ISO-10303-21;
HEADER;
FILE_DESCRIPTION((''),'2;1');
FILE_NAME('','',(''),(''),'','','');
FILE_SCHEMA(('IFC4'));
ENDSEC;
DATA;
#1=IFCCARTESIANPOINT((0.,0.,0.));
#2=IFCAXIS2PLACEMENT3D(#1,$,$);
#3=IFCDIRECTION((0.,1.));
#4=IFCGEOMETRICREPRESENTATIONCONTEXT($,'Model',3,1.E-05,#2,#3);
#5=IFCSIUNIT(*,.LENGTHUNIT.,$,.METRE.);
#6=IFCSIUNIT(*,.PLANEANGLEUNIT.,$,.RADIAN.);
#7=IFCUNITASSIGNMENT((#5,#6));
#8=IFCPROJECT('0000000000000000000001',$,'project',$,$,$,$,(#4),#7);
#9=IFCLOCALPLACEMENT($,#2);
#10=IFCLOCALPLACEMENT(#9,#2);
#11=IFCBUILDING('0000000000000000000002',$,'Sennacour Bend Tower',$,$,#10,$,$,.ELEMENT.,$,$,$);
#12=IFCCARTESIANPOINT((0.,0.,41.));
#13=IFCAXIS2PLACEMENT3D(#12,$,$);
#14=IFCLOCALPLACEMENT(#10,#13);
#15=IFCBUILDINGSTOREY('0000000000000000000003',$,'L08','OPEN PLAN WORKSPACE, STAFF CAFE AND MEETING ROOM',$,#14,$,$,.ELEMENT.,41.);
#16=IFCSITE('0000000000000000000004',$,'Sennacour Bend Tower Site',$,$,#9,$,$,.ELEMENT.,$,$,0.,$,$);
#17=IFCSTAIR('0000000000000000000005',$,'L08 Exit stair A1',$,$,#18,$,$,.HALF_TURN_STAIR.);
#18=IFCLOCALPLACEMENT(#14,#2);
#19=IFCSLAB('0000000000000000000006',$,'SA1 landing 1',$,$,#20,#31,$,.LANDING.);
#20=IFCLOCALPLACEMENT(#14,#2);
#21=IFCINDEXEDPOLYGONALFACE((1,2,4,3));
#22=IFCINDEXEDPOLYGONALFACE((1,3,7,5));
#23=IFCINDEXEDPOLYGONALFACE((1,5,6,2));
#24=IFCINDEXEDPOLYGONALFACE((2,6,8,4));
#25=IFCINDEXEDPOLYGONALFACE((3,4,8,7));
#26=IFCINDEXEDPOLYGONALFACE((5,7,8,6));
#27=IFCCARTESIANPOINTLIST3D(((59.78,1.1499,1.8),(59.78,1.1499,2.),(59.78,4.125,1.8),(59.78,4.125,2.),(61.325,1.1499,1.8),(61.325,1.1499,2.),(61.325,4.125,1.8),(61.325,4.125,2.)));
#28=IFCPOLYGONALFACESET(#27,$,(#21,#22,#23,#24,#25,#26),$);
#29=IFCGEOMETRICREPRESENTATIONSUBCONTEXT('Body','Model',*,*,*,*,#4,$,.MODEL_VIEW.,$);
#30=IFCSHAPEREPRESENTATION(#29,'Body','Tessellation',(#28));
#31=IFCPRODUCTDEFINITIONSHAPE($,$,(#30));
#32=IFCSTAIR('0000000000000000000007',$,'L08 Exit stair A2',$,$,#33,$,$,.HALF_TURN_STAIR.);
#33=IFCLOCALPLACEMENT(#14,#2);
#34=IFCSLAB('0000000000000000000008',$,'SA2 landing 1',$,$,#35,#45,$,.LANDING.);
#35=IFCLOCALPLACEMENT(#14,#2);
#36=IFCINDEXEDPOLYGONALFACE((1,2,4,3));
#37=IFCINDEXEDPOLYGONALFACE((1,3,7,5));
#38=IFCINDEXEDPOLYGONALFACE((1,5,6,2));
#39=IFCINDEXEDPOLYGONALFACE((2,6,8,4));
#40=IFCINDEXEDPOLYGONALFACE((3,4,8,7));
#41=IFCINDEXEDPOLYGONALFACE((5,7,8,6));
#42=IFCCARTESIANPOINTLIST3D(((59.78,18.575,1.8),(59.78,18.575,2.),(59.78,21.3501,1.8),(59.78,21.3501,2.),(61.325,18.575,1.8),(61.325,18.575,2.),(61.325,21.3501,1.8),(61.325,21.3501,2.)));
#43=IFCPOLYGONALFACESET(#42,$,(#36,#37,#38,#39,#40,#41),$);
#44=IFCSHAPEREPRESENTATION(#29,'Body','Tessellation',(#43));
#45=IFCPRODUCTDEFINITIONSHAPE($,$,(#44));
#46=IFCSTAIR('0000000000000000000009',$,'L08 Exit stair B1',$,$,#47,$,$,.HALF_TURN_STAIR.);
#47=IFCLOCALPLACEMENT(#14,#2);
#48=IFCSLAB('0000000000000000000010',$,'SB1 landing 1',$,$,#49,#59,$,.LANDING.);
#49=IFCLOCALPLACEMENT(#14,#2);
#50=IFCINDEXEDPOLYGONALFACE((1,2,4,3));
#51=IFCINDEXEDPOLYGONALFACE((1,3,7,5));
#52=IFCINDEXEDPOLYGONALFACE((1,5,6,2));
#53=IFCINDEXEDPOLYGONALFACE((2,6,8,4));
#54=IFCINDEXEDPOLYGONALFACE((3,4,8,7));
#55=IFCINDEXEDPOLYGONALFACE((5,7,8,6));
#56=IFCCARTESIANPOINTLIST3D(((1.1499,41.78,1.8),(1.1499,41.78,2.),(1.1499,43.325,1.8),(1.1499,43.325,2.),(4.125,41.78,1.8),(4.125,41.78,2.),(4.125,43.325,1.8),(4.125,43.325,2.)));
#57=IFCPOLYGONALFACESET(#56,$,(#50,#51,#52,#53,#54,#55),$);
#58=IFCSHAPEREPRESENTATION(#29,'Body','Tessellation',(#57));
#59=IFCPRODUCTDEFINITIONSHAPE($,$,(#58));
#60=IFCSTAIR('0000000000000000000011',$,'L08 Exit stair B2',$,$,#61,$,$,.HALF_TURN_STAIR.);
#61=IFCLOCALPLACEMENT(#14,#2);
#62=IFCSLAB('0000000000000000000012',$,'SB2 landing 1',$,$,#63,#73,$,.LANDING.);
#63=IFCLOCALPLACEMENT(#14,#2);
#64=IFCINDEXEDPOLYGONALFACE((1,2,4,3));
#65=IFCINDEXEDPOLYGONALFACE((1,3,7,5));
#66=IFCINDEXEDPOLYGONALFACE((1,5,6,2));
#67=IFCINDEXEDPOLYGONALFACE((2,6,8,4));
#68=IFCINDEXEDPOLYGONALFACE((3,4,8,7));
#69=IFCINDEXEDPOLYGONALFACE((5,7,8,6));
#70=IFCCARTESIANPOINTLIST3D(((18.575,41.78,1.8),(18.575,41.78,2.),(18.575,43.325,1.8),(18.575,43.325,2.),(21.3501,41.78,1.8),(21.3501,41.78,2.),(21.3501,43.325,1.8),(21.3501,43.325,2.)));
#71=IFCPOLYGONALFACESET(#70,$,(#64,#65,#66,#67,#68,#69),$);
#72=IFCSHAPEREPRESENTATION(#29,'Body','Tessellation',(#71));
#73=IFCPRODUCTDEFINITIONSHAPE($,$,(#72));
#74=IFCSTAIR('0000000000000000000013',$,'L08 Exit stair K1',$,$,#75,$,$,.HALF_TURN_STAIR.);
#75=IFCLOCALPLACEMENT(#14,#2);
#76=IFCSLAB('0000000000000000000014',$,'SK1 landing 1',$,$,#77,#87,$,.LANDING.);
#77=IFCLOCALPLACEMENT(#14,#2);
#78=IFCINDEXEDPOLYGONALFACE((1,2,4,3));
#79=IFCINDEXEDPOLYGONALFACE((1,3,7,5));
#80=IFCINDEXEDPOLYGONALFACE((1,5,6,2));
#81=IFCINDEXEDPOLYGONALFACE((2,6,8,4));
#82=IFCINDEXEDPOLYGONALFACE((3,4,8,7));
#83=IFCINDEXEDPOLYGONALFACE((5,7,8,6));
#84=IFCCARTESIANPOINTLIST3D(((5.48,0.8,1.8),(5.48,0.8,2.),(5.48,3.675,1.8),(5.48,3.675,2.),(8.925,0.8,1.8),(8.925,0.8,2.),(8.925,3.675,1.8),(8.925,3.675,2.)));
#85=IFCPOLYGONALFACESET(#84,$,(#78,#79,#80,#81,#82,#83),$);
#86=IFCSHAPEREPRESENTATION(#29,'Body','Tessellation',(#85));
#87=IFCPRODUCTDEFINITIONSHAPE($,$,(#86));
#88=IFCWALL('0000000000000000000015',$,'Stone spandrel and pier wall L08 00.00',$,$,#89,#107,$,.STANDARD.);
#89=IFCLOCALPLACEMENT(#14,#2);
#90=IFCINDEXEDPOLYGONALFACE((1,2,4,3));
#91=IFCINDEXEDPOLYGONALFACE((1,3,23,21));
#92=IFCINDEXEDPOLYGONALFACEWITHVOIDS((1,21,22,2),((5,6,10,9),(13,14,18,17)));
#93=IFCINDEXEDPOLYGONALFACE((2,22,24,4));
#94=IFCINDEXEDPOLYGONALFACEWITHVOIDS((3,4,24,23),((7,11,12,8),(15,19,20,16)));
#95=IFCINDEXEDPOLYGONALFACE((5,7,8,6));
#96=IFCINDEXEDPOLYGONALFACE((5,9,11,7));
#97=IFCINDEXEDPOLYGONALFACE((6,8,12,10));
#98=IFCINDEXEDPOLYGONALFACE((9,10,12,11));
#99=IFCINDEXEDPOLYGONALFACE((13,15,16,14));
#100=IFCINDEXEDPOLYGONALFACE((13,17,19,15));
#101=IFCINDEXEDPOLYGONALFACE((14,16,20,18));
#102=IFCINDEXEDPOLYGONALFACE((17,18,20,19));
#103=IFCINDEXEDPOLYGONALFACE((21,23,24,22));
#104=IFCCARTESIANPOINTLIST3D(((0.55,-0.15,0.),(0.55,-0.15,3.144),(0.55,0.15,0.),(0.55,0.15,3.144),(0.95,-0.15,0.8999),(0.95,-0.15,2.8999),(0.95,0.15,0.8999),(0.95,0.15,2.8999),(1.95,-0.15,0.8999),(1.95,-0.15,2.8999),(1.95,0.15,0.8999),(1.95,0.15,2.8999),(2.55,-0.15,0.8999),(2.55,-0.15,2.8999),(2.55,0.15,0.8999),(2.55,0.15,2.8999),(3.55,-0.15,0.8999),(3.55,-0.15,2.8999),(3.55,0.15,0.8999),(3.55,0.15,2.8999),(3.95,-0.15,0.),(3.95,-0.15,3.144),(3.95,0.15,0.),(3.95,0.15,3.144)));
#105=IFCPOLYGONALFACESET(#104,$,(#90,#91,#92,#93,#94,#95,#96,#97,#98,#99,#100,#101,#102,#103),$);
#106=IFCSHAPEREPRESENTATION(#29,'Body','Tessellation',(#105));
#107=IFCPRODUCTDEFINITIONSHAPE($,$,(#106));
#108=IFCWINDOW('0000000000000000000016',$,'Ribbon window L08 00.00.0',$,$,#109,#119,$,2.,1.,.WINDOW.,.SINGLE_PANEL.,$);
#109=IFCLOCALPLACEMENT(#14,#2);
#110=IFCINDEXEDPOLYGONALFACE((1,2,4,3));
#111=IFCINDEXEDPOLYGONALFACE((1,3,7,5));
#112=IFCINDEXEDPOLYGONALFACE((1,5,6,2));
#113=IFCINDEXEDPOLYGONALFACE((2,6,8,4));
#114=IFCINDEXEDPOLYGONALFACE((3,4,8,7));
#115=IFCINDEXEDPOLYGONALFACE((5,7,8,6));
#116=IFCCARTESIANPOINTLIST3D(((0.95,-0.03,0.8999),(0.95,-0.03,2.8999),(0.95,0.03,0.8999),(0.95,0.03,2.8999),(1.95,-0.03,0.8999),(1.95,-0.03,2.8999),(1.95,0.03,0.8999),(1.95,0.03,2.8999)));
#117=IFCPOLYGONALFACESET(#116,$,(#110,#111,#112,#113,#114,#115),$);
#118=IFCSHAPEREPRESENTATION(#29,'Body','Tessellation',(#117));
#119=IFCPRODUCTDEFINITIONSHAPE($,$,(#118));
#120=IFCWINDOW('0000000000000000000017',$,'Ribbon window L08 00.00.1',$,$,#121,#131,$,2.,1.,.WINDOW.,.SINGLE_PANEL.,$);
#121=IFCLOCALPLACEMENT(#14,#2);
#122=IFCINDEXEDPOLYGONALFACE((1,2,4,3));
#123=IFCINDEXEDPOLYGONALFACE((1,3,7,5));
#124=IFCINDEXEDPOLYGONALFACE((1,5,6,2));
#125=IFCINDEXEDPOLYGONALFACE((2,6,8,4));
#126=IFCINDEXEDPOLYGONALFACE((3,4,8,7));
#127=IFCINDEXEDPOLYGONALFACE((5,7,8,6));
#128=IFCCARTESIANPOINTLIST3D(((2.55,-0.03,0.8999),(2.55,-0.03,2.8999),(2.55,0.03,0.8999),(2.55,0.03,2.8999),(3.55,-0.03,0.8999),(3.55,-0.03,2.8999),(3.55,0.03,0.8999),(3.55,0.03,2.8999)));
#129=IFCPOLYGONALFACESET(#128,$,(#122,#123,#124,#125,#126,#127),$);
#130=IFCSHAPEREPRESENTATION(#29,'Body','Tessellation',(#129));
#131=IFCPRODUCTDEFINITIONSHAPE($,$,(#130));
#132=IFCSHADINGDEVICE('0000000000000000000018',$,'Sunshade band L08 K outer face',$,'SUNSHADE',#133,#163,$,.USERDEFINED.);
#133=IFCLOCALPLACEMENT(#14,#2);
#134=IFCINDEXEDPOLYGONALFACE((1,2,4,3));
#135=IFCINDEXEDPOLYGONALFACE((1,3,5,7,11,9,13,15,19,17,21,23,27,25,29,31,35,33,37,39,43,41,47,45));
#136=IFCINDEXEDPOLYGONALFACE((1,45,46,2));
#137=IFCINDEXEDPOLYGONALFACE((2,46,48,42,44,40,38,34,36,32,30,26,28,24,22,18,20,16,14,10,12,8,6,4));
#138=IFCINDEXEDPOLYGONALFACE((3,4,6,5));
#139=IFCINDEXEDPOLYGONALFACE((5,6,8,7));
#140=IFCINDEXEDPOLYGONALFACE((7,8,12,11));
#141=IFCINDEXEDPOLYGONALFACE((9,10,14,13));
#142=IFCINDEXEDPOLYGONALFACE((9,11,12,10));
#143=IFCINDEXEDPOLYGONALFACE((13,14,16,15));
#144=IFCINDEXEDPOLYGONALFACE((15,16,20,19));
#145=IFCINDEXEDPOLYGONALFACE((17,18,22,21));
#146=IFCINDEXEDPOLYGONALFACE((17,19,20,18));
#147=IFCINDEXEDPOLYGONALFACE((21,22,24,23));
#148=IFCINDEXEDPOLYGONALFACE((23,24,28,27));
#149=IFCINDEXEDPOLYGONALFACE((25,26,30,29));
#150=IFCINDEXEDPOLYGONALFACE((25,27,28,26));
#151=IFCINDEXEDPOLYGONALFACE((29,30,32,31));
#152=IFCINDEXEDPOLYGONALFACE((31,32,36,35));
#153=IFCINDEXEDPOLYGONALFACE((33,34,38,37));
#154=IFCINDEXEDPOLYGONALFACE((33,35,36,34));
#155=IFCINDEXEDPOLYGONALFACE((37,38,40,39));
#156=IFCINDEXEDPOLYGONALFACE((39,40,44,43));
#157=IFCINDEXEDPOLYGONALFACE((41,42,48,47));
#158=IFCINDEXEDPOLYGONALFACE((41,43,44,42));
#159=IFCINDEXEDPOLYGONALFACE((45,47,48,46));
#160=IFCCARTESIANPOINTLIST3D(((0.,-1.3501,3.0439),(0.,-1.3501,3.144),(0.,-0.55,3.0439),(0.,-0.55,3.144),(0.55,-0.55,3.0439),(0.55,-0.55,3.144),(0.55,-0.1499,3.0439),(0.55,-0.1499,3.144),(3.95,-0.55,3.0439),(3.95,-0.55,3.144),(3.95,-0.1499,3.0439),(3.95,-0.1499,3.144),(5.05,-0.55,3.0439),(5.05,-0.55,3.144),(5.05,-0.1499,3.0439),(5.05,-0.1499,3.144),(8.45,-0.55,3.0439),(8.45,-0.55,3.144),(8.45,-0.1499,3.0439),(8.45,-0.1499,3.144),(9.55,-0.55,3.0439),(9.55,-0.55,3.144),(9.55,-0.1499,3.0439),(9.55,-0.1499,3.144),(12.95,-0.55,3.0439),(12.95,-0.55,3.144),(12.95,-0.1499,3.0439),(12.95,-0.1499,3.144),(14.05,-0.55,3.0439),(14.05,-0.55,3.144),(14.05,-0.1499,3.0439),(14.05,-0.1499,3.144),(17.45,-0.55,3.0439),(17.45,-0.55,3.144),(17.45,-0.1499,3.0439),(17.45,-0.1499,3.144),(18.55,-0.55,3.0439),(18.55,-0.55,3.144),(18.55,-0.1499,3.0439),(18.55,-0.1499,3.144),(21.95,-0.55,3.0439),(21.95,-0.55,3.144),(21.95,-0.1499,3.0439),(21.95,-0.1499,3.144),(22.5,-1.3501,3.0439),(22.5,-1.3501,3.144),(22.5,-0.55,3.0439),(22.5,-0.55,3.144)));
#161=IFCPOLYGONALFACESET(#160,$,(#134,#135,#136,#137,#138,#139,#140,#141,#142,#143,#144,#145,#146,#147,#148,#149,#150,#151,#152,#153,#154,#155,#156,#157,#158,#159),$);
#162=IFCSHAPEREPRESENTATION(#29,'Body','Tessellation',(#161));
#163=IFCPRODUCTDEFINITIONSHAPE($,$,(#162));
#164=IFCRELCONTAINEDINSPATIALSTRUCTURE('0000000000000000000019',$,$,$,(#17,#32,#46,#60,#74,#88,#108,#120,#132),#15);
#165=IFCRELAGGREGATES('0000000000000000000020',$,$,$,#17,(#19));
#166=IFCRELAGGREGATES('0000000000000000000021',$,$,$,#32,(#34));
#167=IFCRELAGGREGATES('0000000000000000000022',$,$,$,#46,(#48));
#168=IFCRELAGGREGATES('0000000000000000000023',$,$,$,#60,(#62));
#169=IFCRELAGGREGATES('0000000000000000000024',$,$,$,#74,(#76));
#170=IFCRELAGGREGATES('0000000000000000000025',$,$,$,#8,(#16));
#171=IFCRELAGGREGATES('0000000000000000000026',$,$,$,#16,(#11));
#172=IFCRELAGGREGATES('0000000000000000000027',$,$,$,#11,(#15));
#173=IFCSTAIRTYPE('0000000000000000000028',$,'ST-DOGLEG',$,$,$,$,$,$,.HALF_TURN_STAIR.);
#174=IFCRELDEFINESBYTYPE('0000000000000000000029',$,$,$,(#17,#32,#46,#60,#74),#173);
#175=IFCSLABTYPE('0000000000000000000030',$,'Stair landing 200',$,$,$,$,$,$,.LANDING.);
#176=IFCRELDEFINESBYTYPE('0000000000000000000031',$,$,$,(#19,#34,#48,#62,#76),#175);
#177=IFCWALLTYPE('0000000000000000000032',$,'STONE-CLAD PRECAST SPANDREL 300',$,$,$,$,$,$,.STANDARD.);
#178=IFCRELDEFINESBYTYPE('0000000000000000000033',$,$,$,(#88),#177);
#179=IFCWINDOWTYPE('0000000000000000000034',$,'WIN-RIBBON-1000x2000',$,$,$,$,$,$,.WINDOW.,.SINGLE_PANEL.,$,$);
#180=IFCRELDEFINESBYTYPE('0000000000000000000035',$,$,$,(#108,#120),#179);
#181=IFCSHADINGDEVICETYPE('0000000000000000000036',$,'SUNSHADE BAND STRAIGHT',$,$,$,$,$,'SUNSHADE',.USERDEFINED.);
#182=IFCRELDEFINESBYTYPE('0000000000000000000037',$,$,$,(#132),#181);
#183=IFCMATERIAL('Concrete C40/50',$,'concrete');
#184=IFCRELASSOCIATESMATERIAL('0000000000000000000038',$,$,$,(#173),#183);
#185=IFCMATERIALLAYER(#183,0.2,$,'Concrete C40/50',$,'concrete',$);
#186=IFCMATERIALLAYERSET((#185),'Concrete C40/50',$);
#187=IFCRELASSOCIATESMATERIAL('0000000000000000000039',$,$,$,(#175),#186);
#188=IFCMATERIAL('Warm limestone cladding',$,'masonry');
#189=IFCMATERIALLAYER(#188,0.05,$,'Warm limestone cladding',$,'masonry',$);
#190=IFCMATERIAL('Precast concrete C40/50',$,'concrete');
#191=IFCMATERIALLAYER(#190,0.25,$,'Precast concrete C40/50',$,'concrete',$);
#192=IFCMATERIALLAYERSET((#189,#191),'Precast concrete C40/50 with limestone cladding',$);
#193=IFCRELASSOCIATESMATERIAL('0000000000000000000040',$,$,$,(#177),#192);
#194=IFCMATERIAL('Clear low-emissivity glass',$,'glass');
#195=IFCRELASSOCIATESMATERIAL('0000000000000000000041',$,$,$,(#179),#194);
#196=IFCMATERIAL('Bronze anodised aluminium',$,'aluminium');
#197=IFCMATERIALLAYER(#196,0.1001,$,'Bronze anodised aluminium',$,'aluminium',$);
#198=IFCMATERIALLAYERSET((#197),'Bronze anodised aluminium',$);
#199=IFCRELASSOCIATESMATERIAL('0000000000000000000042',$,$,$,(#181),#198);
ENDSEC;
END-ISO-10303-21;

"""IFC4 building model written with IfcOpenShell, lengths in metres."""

from ifc_helpers import new_model, si_unit, direction, frame, frame_2d, origin, place, context, subcontext, project, spatial, polyline, rectangle, outline, extrude, material, layer, layer_set, type_object, element, fill, aggregate, save


model = new_model("IFC4")

# Units and contexts
model_context = context("Model", 3, precision=1e-05, world=origin(), true_north=direction((0.0, 1.0)))
body_context = subcontext(model_context, "Body", "Model", "MODEL_VIEW")
ifc_project = project(units=[si_unit("LENGTHUNIT", "METRE"), si_unit("PLANEANGLEUNIT", "RADIAN")], contexts=[model_context])

# Site, building, storey
site_placement = place(None, origin())
site = spatial("IfcSite", under=ifc_project, at=site_placement, Name="Sennacour Bend Tower Site", CompositionType="ELEMENT", RefElevation=0.0)
building_placement = place(site_placement, origin())
building = spatial("IfcBuilding", under=site, at=building_placement, Name="Sennacour Bend Tower", CompositionType="ELEMENT")
storey_placement = place(building_placement, frame((0.0, 0.0, 41.0)))
storey = spatial("IfcBuildingStorey", under=building, at=storey_placement, Name="L08", Description="OPEN PLAN WORKSPACE, STAFF CAFE AND MEETING ROOM", CompositionType="ELEMENT", Elevation=41.0)

# Shared definitions
ifc_material_1 = material(Name="Concrete C40/50", Category="concrete")

# Stairs, slabs
stair_type = type_object("IfcStairType", Name="ST-DOGLEG", PredefinedType="HALF_TURN_STAIR", material=ifc_material_1)
stair_1_placement = place(storey_placement, origin())
stair_1 = element("IfcStair", 1, at=stair_1_placement, inside=storey, type_object=stair_type, Name="L08 Exit stair A1", PredefinedType="HALF_TURN_STAIR")
ifc_layer_1 = layer(ifc_material_1, 0.2, Name="Concrete C40/50", Category="concrete")
ifc_layer_set_1 = layer_set([ifc_layer_1], Name="Concrete C40/50")
slab_type_1 = type_object("IfcSlabType", Name="Stair landing 200", PredefinedType="LANDING", material=ifc_layer_set_1)
slab_1_placement = place(storey_placement, frame((0.0, 0.0, 1.8)))
slab_1 = element("IfcSlab", 2, at=slab_1_placement, type_object=slab_type_1, Name="SA1 landing 1", PredefinedType="LANDING", context=body_context, shape_type="SweptSolid", body=[
    extrude(outline(polyline([(59.78, 1.1499), (61.325, 1.1499), (61.325, 4.125), (59.78, 4.125), (59.78, 1.1499)])), origin(), (0.0, 0.0, 1.0), 0.2),
])
aggregate(stair_1, [slab_1])
stair_2_placement = place(storey_placement, origin())
stair_2 = element("IfcStair", 3, at=stair_2_placement, inside=storey, type_object=stair_type, Name="L08 Exit stair A2", PredefinedType="HALF_TURN_STAIR")
slab_2_placement = place(storey_placement, frame((0.0, 0.0, 1.8)))
slab_2 = element("IfcSlab", 4, at=slab_2_placement, type_object=slab_type_1, Name="SA2 landing 1", PredefinedType="LANDING", context=body_context, shape_type="SweptSolid", body=[
    extrude(outline(polyline([(59.78, 18.575), (61.325, 18.575), (61.325, 21.3501), (59.78, 21.3501), (59.78, 18.575)])), origin(), (0.0, 0.0, 1.0), 0.2),
])
aggregate(stair_2, [slab_2])
stair_3_placement = place(storey_placement, origin())
stair_3 = element("IfcStair", 5, at=stair_3_placement, inside=storey, type_object=stair_type, Name="L08 Exit stair B1", PredefinedType="HALF_TURN_STAIR")
slab_3_placement = place(storey_placement, frame((0.0, 0.0, 1.8)))
slab_3 = element("IfcSlab", 6, at=slab_3_placement, type_object=slab_type_1, Name="SB1 landing 1", PredefinedType="LANDING", context=body_context, shape_type="SweptSolid", body=[
    extrude(outline(polyline([(1.1499, 41.78), (4.125, 41.78), (4.125, 43.325), (1.1499, 43.325), (1.1499, 41.78)])), origin(), (0.0, 0.0, 1.0), 0.2),
])
aggregate(stair_3, [slab_3])
stair_4_placement = place(storey_placement, origin())
stair_4 = element("IfcStair", 7, at=stair_4_placement, inside=storey, type_object=stair_type, Name="L08 Exit stair B2", PredefinedType="HALF_TURN_STAIR")
slab_4_placement = place(storey_placement, frame((0.0, 0.0, 1.8)))
slab_4 = element("IfcSlab", 8, at=slab_4_placement, type_object=slab_type_1, Name="SB2 landing 1", PredefinedType="LANDING", context=body_context, shape_type="SweptSolid", body=[
    extrude(outline(polyline([(18.575, 41.78), (21.3501, 41.78), (21.3501, 43.325), (18.575, 43.325), (18.575, 41.78)])), origin(), (0.0, 0.0, 1.0), 0.2),
])
aggregate(stair_4, [slab_4])
stair_5_placement = place(storey_placement, origin())
stair_5 = element("IfcStair", 9, at=stair_5_placement, inside=storey, type_object=stair_type, Name="L08 Exit stair K1", PredefinedType="HALF_TURN_STAIR")
slab_5_placement = place(storey_placement, frame((0.0, 0.0, 1.8)))
slab_5 = element("IfcSlab", 10, at=slab_5_placement, type_object=slab_type_1, Name="SK1 landing 1", PredefinedType="LANDING", context=body_context, shape_type="SweptSolid", body=[
    extrude(outline(polyline([(5.48, 0.8), (8.925, 0.8), (8.925, 3.675), (5.48, 3.675), (5.48, 0.8)])), origin(), (0.0, 0.0, 1.0), 0.2),
])
aggregate(stair_5, [slab_5])

# Wall, openings, windows
ifc_material_2 = material(Name="Warm limestone cladding", Category="masonry")
ifc_layer_2 = layer(ifc_material_2, 0.05, Name="Warm limestone cladding", Category="masonry")
ifc_material_3 = material(Name="Precast concrete C40/50", Category="concrete")
ifc_layer_3 = layer(ifc_material_3, 0.25, Name="Precast concrete C40/50", Category="concrete")
ifc_layer_set_2 = layer_set([ifc_layer_2, ifc_layer_3], Name="Precast concrete C40/50 with limestone cladding")
wall_type = type_object("IfcWallType", Name="STONE-CLAD PRECAST SPANDREL 300", PredefinedType="STANDARD", material=ifc_layer_set_2)
wall_placement = place(storey_placement, frame((0.55, 0.0, 0.0), z_axis=(0.0, 0.0, 1.0), x_axis=(1.0, 0.0, 0.0)))
wall = element("IfcWall", 11, at=wall_placement, inside=storey, type_object=wall_type, Name="Stone spandrel and pier wall L08 00.00", PredefinedType="STANDARD", context=body_context, shape_type="SweptSolid", body=[
    extrude(rectangle(XDim=3.3999, YDim=0.3, at=frame_2d((1.7, 0.0))), origin(), (0.0, 0.0, 1.0), 3.144),
])
opening_1_placement = place(wall_placement, frame((0.3999, 0.0, 0.8999)))
opening_1 = element("IfcOpeningElement", 12, at=opening_1_placement, cuts=wall, PredefinedType="OPENING", context=body_context, shape_type="SweptSolid", body=[
    extrude(rectangle(XDim=1.0, YDim=2.0, at=frame_2d((0.5, 1.0))), frame((0.0, 0.1602, 0.0), z_axis=(0.0, -1.0, 0.0), x_axis=(1.0, 0.0, 0.0)), (0.0, 0.0, 1.0), 0.3201),
])
opening_2_placement = place(wall_placement, frame((2.0, 0.0, 0.8999)))
opening_2 = element("IfcOpeningElement", 13, at=opening_2_placement, cuts=wall, PredefinedType="OPENING", context=body_context, shape_type="SweptSolid", body=[
    extrude(rectangle(XDim=1.0, YDim=2.0, at=frame_2d((0.5, 1.0))), frame((0.0, 0.1602, 0.0), z_axis=(0.0, -1.0, 0.0), x_axis=(1.0, 0.0, 0.0)), (0.0, 0.0, 1.0), 0.3201),
])
ifc_material_4 = material(Name="Clear low-emissivity glass", Category="glass")
window_type = type_object("IfcWindowType", Name="WIN-RIBBON-1000x2000", PartitioningType="SINGLE_PANEL", PredefinedType="WINDOW", material=ifc_material_4)
window_1_placement = place(opening_1_placement, origin())
window_1 = element("IfcWindow", 14, at=window_1_placement, inside=storey, type_object=window_type, Name="Ribbon window L08 00.00.0", OverallHeight=2.0, OverallWidth=1.0, PartitioningType="SINGLE_PANEL", PredefinedType="WINDOW", context=body_context, shape_type="SweptSolid", body=[
    extrude(rectangle(XDim=1.0, YDim=2.0, at=frame_2d((0.5, 1.0))), frame((0.0, 0.03, 0.0), z_axis=(0.0, -1.0, 0.0), x_axis=(1.0, 0.0, 0.0)), (0.0, 0.0, 1.0), 0.0601),
])
fill(opening_1, window_1)
window_2_placement = place(opening_2_placement, origin())
window_2 = element("IfcWindow", 15, at=window_2_placement, inside=storey, type_object=window_type, Name="Ribbon window L08 00.00.1", OverallHeight=2.0, OverallWidth=1.0, PartitioningType="SINGLE_PANEL", PredefinedType="WINDOW", context=body_context, shape_type="SweptSolid", body=[
    extrude(rectangle(XDim=1.0, YDim=2.0, at=frame_2d((0.5, 1.0))), frame((0.0, 0.03, 0.0), z_axis=(0.0, -1.0, 0.0), x_axis=(1.0, 0.0, 0.0)), (0.0, 0.0, 1.0), 0.0601),
])
fill(opening_2, window_2)

# Shading device
ifc_material_5 = material(Name="Bronze anodised aluminium", Category="aluminium")
ifc_layer_4 = layer(ifc_material_5, 0.1001, Name="Bronze anodised aluminium", Category="aluminium")
ifc_layer_set_3 = layer_set([ifc_layer_4], Name="Bronze anodised aluminium")
shading_device_type_1 = type_object("IfcShadingDeviceType", Name="SUNSHADE BAND STRAIGHT", ElementType="SUNSHADE", PredefinedType="USERDEFINED", material=ifc_layer_set_3)
shading_device_1_placement = place(storey_placement, frame((0.0, 0.0, 3.0439)))
element("IfcShadingDevice", 16, at=shading_device_1_placement, inside=storey, type_object=shading_device_type_1, Name="Sunshade band L08 K outer face", ObjectType="SUNSHADE", PredefinedType="USERDEFINED", context=body_context, shape_type="SweptSolid", body=[
    extrude(outline(polyline([(3.95, -0.1499), (3.95, -0.55), (5.05, -0.55), (5.05, -0.1499), (8.45, -0.1499), (8.45, -0.55), (9.55, -0.55), (9.55, -0.1499), (12.95, -0.1499), (12.95, -0.55), (14.05, -0.55), (14.05, -0.1499), (17.45, -0.1499), (17.45, -0.55), (18.55, -0.55), (18.55, -0.1499), (21.95, -0.1499), (21.95, -0.55), (22.5, -0.55), (22.5, -1.3501), (0.0, -1.3501), (0.0, -0.55), (0.55, -0.55), (0.55, -0.1499), (3.95, -0.1499)])), origin(), (0.0, 0.0, 1.0), 0.1001),
])

save(model, "model.ifc")
